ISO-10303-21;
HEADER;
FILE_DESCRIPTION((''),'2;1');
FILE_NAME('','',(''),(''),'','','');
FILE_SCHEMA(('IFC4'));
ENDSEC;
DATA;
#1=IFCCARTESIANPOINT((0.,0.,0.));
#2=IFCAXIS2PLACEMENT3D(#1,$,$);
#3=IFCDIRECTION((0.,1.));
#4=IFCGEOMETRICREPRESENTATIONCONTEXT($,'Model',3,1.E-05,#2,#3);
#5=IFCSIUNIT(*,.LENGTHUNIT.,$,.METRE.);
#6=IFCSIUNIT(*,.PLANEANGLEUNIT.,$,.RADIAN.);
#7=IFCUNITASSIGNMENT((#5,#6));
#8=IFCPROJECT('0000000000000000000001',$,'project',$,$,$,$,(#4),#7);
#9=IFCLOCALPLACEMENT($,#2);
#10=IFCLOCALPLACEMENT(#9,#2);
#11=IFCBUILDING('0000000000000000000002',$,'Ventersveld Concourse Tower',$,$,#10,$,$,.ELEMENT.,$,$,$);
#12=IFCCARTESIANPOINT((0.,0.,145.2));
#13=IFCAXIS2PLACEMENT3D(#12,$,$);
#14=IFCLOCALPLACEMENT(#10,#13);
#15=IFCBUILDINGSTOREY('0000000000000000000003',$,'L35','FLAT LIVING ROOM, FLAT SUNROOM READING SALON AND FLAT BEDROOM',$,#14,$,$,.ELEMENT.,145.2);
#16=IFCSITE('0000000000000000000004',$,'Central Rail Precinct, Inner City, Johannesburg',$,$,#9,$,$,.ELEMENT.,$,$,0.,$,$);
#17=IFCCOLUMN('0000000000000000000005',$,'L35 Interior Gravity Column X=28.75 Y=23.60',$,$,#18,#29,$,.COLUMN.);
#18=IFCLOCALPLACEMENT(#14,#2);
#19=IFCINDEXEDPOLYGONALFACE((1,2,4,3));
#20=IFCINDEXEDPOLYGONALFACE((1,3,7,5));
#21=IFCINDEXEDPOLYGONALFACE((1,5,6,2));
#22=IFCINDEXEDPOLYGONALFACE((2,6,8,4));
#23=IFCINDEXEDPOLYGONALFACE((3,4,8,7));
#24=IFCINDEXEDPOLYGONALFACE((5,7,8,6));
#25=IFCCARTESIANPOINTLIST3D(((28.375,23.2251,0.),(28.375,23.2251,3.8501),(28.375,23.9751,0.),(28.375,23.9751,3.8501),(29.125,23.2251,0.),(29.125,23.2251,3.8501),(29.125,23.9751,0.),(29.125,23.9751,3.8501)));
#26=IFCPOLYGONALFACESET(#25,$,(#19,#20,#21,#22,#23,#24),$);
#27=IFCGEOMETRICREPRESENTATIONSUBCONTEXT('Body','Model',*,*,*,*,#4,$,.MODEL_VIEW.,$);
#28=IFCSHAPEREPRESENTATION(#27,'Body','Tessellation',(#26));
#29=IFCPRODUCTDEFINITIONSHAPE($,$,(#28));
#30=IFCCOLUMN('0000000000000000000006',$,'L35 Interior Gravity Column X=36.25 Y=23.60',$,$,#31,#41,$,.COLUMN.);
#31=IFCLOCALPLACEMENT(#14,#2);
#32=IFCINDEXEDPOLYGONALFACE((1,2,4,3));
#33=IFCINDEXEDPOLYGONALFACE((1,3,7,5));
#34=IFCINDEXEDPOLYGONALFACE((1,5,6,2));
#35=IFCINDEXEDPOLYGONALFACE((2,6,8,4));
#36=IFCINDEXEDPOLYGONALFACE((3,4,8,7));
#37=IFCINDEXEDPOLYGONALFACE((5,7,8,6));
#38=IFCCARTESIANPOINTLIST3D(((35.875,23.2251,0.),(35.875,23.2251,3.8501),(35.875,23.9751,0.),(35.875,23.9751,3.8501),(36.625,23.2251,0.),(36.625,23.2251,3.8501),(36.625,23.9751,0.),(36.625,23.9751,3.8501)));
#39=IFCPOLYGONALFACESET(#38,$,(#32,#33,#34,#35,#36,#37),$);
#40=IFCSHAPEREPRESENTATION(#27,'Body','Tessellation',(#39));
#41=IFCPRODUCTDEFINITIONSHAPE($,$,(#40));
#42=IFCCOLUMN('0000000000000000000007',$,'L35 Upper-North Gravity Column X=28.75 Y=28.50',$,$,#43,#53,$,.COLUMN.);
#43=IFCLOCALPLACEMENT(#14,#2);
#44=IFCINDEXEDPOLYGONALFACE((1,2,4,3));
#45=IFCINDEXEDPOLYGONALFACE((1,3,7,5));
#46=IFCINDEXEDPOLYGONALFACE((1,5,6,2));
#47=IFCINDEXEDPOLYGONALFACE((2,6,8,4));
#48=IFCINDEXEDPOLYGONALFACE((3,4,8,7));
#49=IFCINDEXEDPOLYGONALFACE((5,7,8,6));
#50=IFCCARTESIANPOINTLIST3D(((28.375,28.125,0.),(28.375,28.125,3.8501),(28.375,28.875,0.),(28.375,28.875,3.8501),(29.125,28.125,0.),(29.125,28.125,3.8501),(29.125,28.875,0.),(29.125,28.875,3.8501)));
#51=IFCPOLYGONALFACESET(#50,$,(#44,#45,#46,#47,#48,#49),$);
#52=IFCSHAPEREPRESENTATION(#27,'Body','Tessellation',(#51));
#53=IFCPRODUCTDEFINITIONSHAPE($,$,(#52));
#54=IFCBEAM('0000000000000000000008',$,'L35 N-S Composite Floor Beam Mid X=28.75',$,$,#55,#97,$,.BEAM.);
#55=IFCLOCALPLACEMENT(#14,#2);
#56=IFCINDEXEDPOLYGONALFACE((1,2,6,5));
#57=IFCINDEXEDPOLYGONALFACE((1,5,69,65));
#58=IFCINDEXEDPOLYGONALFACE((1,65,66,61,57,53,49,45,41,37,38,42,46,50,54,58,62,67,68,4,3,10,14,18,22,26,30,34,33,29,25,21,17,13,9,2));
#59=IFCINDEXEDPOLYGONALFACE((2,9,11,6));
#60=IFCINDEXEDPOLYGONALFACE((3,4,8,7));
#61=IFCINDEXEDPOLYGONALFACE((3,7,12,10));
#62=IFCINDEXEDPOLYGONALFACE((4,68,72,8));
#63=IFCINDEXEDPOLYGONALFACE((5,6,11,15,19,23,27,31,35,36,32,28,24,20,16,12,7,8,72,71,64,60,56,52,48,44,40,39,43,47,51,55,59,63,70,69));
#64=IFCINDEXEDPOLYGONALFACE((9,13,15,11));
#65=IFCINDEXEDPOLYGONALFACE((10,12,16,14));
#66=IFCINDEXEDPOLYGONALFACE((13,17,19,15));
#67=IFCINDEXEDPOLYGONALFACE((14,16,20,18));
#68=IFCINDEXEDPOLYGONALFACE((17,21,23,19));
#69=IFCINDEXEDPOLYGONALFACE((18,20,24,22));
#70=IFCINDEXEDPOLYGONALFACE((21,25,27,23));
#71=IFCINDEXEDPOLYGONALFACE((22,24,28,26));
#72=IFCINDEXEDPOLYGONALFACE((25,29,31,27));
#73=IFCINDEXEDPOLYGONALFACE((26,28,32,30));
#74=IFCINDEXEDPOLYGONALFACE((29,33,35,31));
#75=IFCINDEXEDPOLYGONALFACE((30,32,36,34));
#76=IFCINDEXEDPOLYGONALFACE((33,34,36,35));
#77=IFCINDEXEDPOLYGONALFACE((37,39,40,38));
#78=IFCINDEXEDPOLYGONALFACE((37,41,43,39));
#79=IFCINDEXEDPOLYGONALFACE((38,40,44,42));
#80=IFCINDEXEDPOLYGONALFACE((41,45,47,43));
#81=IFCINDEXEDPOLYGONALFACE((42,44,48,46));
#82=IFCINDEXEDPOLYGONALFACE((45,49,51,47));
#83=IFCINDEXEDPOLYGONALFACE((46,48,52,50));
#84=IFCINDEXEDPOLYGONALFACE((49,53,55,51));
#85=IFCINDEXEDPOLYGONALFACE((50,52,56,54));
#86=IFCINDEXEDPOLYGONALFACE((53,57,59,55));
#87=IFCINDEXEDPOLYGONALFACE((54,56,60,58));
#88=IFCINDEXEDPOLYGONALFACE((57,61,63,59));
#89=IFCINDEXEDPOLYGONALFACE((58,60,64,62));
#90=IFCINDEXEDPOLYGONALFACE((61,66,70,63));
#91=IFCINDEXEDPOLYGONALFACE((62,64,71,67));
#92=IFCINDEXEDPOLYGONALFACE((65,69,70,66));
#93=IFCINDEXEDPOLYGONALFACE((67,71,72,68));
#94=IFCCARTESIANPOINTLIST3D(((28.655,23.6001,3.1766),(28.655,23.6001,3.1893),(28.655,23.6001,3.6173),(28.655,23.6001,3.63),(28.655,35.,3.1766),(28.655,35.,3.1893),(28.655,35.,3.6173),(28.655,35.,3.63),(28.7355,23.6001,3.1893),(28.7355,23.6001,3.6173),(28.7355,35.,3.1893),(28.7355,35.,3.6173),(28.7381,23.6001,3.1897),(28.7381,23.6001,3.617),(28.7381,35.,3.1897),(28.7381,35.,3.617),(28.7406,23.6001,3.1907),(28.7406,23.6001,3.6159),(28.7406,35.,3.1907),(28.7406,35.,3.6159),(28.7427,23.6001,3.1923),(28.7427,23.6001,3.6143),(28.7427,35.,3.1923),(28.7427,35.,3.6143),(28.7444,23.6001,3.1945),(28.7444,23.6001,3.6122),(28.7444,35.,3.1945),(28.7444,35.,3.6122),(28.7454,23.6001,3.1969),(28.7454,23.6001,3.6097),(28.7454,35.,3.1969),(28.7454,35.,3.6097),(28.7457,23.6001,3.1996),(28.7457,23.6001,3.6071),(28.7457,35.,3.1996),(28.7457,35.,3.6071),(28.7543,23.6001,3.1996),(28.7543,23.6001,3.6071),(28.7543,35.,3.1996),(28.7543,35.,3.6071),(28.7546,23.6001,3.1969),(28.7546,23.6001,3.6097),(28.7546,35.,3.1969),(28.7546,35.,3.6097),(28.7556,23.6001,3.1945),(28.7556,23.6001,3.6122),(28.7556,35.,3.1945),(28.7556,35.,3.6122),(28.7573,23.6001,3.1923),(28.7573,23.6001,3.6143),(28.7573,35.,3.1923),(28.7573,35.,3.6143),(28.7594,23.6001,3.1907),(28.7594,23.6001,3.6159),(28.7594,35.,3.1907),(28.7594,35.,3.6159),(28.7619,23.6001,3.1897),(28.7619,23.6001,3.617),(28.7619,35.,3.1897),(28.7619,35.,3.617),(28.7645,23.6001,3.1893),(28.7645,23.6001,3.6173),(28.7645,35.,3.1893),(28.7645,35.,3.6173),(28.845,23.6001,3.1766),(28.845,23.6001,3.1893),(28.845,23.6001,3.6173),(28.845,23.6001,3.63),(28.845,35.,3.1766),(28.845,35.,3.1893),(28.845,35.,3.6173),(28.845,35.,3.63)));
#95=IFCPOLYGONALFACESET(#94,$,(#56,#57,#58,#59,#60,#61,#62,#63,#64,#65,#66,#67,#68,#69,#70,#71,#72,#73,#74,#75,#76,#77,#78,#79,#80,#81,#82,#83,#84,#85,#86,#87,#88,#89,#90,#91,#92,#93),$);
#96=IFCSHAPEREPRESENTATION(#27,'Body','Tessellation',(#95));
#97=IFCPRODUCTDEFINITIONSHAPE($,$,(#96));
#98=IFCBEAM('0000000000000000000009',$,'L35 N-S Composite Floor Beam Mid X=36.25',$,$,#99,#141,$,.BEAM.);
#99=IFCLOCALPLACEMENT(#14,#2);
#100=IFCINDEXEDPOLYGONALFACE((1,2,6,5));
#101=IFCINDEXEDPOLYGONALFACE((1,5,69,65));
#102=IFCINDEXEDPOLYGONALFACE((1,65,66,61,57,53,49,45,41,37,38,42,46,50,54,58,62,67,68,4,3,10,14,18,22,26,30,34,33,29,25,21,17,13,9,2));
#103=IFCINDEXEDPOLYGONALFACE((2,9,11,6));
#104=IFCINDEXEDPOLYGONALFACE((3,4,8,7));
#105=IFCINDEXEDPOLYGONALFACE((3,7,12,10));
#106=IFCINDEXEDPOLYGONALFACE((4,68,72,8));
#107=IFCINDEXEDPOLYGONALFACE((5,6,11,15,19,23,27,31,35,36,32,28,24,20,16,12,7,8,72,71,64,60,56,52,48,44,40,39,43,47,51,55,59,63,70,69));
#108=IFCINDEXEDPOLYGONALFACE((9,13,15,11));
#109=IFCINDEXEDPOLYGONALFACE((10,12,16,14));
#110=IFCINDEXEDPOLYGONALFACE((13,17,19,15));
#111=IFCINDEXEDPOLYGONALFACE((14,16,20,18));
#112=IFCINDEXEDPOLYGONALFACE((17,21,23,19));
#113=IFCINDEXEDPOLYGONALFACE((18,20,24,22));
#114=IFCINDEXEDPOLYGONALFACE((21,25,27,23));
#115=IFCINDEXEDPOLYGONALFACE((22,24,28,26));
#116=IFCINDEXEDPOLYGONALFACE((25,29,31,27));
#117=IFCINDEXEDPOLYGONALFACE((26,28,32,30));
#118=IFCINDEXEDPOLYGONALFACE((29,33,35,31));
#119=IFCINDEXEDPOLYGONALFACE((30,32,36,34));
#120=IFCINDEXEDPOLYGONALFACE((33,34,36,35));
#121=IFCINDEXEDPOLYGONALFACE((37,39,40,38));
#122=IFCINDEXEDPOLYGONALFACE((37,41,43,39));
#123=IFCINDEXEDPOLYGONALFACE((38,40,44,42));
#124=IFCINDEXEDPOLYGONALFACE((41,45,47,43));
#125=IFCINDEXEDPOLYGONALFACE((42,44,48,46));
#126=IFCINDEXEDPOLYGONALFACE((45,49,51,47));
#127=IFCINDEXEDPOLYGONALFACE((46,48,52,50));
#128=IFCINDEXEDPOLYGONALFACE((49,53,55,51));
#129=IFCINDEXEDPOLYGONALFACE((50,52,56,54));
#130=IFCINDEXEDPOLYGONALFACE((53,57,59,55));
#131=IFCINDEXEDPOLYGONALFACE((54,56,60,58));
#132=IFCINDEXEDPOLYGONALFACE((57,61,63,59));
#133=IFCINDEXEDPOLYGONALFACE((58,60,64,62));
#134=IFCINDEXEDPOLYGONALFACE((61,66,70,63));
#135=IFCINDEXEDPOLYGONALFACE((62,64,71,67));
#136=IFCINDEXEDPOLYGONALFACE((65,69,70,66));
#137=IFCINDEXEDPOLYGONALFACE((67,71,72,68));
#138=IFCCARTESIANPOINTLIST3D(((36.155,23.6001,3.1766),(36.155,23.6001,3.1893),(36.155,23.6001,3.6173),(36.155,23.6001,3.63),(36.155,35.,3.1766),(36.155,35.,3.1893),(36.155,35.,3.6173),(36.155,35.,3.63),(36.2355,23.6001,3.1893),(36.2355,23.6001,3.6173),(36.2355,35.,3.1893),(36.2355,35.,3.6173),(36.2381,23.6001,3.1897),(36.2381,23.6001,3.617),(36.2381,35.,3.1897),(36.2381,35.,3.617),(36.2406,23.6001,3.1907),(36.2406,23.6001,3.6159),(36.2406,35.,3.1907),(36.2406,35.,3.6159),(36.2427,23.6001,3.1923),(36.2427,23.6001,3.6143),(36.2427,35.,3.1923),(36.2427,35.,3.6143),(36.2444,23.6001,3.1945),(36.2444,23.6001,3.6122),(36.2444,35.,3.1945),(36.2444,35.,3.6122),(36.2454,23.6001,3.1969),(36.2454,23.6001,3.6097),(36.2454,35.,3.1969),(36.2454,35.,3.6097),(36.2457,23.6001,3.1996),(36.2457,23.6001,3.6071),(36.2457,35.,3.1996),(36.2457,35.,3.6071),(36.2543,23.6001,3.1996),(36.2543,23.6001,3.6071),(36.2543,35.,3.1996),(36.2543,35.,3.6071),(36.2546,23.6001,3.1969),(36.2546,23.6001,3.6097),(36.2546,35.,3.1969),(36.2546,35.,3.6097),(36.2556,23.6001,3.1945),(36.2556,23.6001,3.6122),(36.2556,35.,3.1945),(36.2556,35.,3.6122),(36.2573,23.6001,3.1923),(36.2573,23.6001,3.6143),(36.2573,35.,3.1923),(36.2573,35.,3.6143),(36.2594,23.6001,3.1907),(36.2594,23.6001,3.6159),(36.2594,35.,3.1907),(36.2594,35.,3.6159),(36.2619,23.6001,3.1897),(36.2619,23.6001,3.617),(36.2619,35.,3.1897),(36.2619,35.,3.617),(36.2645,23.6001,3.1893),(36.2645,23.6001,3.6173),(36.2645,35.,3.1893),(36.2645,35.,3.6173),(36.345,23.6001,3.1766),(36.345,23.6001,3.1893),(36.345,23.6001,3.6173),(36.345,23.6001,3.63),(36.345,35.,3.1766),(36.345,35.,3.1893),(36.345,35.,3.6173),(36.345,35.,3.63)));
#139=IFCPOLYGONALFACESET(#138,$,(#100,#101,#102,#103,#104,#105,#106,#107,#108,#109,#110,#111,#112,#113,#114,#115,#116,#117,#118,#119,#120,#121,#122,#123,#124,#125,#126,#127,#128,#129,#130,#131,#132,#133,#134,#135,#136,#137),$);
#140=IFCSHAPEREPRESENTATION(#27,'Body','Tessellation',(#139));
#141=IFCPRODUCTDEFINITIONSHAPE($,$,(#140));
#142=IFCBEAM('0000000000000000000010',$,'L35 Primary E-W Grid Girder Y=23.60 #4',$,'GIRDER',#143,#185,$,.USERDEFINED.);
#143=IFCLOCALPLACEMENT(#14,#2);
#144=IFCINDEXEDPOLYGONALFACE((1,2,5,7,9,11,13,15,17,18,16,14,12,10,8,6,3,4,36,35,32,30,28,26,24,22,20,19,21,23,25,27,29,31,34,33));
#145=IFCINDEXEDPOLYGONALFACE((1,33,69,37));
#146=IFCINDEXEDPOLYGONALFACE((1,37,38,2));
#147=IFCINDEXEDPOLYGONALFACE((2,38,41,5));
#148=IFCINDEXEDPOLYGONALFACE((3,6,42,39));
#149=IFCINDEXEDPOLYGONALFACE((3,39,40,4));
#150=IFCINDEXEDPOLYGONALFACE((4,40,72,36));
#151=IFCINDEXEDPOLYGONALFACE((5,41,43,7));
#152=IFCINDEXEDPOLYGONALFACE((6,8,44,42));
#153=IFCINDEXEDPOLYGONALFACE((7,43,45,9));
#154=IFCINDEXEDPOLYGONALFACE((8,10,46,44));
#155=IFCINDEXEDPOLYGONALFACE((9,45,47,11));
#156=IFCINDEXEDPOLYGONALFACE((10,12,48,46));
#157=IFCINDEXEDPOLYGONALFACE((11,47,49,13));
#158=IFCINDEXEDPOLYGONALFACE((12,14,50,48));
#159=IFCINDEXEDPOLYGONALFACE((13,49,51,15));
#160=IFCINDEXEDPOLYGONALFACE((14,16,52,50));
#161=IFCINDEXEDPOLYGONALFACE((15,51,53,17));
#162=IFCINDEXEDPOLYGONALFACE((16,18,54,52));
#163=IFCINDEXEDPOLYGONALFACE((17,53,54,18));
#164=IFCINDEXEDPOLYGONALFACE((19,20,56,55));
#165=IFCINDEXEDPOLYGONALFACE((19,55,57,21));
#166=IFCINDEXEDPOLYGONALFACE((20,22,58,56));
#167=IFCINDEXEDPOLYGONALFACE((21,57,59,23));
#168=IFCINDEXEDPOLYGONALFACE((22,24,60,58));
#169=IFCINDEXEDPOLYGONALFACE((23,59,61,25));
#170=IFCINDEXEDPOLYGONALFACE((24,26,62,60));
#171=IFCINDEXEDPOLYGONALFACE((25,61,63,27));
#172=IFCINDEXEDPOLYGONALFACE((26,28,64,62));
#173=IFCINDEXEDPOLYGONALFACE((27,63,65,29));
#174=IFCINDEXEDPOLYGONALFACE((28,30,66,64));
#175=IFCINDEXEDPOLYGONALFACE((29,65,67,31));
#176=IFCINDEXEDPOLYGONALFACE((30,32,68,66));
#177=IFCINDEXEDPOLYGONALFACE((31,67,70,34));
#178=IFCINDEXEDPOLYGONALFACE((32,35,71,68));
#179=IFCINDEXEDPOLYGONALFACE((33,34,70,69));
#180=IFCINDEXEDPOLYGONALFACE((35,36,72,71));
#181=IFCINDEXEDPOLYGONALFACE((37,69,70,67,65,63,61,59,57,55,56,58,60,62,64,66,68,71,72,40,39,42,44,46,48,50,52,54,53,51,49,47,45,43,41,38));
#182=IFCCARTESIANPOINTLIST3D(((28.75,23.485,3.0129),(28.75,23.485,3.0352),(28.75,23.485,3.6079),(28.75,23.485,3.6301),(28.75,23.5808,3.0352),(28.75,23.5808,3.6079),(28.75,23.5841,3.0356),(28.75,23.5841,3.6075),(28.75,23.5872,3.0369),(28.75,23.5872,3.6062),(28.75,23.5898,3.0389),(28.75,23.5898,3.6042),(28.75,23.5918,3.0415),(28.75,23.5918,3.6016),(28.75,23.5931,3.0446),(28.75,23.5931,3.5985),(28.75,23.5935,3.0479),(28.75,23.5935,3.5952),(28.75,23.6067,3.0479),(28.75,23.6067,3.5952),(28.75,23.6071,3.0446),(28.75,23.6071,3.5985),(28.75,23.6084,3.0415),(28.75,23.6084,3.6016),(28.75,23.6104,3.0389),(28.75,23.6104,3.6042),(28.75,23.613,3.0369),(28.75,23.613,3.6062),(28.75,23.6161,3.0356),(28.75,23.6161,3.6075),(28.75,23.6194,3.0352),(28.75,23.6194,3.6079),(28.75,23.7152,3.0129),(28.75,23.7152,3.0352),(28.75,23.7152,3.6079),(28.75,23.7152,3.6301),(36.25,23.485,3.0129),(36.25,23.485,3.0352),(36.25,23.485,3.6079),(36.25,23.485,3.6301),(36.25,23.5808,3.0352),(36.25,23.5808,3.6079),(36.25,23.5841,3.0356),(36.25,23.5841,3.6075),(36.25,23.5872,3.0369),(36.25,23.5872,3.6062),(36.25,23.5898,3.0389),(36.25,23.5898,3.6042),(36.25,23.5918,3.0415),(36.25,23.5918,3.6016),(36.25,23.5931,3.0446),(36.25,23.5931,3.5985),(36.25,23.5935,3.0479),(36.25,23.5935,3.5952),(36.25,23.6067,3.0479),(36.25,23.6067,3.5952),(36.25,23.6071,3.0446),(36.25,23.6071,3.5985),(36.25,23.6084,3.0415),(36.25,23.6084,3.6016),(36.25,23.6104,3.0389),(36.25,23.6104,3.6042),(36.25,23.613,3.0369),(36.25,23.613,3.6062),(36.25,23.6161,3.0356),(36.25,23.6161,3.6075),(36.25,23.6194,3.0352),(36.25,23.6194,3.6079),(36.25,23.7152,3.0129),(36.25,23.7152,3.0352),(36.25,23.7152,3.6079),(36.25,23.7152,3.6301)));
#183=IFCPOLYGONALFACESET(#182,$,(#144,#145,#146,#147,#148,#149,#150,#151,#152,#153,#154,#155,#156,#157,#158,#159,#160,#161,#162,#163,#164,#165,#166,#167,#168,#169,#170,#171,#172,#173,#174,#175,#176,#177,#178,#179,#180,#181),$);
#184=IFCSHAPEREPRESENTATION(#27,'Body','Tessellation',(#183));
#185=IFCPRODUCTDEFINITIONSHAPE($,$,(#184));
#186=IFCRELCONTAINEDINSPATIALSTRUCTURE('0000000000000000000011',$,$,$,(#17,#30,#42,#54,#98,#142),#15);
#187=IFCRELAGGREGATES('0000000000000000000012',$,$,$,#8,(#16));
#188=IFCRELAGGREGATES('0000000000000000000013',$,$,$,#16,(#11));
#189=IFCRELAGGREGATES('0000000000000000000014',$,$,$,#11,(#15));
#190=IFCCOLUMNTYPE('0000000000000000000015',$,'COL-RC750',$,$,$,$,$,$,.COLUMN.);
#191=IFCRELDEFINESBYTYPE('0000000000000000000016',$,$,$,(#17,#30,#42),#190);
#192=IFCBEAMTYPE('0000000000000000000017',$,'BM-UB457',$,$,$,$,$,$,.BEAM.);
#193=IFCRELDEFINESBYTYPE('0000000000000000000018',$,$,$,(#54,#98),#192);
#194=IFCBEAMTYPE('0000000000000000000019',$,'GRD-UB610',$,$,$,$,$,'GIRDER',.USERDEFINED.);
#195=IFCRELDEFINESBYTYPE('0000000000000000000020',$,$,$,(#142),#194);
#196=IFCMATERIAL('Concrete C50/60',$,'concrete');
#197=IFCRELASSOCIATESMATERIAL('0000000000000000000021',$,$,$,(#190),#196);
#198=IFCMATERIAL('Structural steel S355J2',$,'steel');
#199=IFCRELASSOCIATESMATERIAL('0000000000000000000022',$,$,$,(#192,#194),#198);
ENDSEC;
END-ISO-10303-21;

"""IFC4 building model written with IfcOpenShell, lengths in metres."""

from ifc_helpers import new_model, si_unit, direction, frame, origin, origin_2d, place, context, subcontext, project, spatial, rectangle, i_section, extrude, material, material_profile, profile_set, type_object, element, save


model = new_model("IFC4")

# Units and contexts
model_context = context("Model", 3, precision=1e-05, world=origin(), true_north=direction((0.0, 1.0)))
body_context = subcontext(model_context, "Body", "Model", "MODEL_VIEW")
ifc_project = project(units=[si_unit("LENGTHUNIT", "METRE"), si_unit("PLANEANGLEUNIT", "RADIAN")], contexts=[model_context])

# Site, building, storey
site_placement = place(None, origin())
site = spatial("IfcSite", under=ifc_project, at=site_placement, Name="Central Rail Precinct, Inner City, Johannesburg", CompositionType="ELEMENT", RefElevation=0.0)
building_placement = place(site_placement, origin())
building = spatial("IfcBuilding", under=site, at=building_placement, Name="Ventersveld Concourse Tower", CompositionType="ELEMENT")
storey_placement = place(building_placement, frame((0.0, 0.0, 145.2)))
storey = spatial("IfcBuildingStorey", under=building, at=storey_placement, Name="L35", Description="FLAT LIVING ROOM, FLAT SUNROOM READING SALON AND FLAT BEDROOM", CompositionType="ELEMENT", Elevation=145.2)

# Columns
ifc_material_1 = material(Name="Concrete C50/60", Category="concrete")
ifc_material_profile_1 = material_profile(ifc_material_1, rectangle(XDim=0.75, YDim=0.75, at=origin_2d()), Name="RC 750x750")
ifc_profile_set_1 = profile_set([ifc_material_profile_1], Name="Concrete C50/60")
column_type = type_object("IfcColumnType", Name="COL-RC750", PredefinedType="COLUMN", material=ifc_profile_set_1)
for number, where, z_axis, x_axis, name in (
    (1, (28.75, 23.6001, 0.0), (0.0, 0.0, 1.0), (1.0, 0.0, 0.0), "L35 Interior Gravity Column X=28.75 Y=23.60"),
    (2, (36.25, 23.6001, 0.0), (0.0, 0.0, 1.0), (1.0, 0.0, 0.0), "L35 Interior Gravity Column X=36.25 Y=23.60"),
    (3, (28.75, 28.5, 0.0), (0.0, 0.0, 1.0), (1.0, 0.0, 0.0), "L35 Upper-North Gravity Column X=28.75 Y=28.50"),
):
    element("IfcColumn", number, at=place(storey_placement, frame(where, z_axis=z_axis, x_axis=x_axis)), inside=storey, type_object=column_type, Name=name, PredefinedType="COLUMN", context=body_context, shape_type="SweptSolid", body=[
        extrude(rectangle(XDim=0.75, YDim=0.75, at=origin_2d()), origin(), (0.0, 0.0, 1.0), 3.8501),
    ])

# Beams
ifc_material_2 = material(Name="Structural steel S355J2", Category="steel")
ifc_material_profile_2 = material_profile(ifc_material_2, i_section(OverallWidth=0.1899, OverallDepth=0.4534, WebThickness=0.0085, FlangeThickness=0.0127, FilletRadius=0.0103, at=origin_2d()), Name="UB 457x191x67")
ifc_profile_set_2 = profile_set([ifc_material_profile_2], Name="Structural steel S355J2")
beam_type_1 = type_object("IfcBeamType", Name="BM-UB457", PredefinedType="BEAM", material=ifc_profile_set_2)
for number, where, z_axis, x_axis, name in (
    (4, (28.75, 23.6001, 3.4033), (0.0, 1.0, 0.0), (-1.0, 0.0, 0.0), "L35 N-S Composite Floor Beam Mid X=28.75"),
    (5, (36.25, 23.6001, 3.4033), (0.0, 1.0, 0.0), (-1.0, 0.0, 0.0), "L35 N-S Composite Floor Beam Mid X=36.25"),
):
    element("IfcBeam", number, at=place(storey_placement, frame(where, z_axis=z_axis, x_axis=x_axis)), inside=storey, type_object=beam_type_1, Name=name, PredefinedType="BEAM", context=body_context, shape_type="SweptSolid", body=[
        extrude(i_section(OverallWidth=0.1899, OverallDepth=0.4534, WebThickness=0.0085, FlangeThickness=0.0127, FilletRadius=0.0103, at=origin_2d()), origin(), (0.0, 0.0, 1.0), 11.3999),
    ])
ifc_material_profile_3 = material_profile(ifc_material_2, i_section(OverallWidth=0.2302, OverallDepth=0.6172, WebThickness=0.0132, FlangeThickness=0.0222, FilletRadius=0.0127, at=origin_2d()), Name="UB 610x229x140")
ifc_profile_set_3 = profile_set([ifc_material_profile_3], Name="Structural steel S355J2")
beam_type_2 = type_object("IfcBeamType", Name="GRD-UB610", ElementType="GIRDER", PredefinedType="USERDEFINED", material=ifc_profile_set_3)
for number, where, z_axis, x_axis, name in (
    (6, (28.75, 23.6001, 3.3215), (1.0, 0.0, 0.0), (0.0, 1.0, 0.0), "L35 Primary E-W Grid Girder Y=23.60 #4"),
):
    element("IfcBeam", number, at=place(storey_placement, frame(where, z_axis=z_axis, x_axis=x_axis)), inside=storey, type_object=beam_type_2, Name=name, ObjectType="GIRDER", PredefinedType="USERDEFINED", context=body_context, shape_type="SweptSolid", body=[
        extrude(i_section(OverallWidth=0.2302, OverallDepth=0.6172, WebThickness=0.0132, FlangeThickness=0.0222, FilletRadius=0.0127, at=origin_2d()), origin(), (0.0, 0.0, 1.0), 7.5),
    ])

save(model, "model.ifc")
